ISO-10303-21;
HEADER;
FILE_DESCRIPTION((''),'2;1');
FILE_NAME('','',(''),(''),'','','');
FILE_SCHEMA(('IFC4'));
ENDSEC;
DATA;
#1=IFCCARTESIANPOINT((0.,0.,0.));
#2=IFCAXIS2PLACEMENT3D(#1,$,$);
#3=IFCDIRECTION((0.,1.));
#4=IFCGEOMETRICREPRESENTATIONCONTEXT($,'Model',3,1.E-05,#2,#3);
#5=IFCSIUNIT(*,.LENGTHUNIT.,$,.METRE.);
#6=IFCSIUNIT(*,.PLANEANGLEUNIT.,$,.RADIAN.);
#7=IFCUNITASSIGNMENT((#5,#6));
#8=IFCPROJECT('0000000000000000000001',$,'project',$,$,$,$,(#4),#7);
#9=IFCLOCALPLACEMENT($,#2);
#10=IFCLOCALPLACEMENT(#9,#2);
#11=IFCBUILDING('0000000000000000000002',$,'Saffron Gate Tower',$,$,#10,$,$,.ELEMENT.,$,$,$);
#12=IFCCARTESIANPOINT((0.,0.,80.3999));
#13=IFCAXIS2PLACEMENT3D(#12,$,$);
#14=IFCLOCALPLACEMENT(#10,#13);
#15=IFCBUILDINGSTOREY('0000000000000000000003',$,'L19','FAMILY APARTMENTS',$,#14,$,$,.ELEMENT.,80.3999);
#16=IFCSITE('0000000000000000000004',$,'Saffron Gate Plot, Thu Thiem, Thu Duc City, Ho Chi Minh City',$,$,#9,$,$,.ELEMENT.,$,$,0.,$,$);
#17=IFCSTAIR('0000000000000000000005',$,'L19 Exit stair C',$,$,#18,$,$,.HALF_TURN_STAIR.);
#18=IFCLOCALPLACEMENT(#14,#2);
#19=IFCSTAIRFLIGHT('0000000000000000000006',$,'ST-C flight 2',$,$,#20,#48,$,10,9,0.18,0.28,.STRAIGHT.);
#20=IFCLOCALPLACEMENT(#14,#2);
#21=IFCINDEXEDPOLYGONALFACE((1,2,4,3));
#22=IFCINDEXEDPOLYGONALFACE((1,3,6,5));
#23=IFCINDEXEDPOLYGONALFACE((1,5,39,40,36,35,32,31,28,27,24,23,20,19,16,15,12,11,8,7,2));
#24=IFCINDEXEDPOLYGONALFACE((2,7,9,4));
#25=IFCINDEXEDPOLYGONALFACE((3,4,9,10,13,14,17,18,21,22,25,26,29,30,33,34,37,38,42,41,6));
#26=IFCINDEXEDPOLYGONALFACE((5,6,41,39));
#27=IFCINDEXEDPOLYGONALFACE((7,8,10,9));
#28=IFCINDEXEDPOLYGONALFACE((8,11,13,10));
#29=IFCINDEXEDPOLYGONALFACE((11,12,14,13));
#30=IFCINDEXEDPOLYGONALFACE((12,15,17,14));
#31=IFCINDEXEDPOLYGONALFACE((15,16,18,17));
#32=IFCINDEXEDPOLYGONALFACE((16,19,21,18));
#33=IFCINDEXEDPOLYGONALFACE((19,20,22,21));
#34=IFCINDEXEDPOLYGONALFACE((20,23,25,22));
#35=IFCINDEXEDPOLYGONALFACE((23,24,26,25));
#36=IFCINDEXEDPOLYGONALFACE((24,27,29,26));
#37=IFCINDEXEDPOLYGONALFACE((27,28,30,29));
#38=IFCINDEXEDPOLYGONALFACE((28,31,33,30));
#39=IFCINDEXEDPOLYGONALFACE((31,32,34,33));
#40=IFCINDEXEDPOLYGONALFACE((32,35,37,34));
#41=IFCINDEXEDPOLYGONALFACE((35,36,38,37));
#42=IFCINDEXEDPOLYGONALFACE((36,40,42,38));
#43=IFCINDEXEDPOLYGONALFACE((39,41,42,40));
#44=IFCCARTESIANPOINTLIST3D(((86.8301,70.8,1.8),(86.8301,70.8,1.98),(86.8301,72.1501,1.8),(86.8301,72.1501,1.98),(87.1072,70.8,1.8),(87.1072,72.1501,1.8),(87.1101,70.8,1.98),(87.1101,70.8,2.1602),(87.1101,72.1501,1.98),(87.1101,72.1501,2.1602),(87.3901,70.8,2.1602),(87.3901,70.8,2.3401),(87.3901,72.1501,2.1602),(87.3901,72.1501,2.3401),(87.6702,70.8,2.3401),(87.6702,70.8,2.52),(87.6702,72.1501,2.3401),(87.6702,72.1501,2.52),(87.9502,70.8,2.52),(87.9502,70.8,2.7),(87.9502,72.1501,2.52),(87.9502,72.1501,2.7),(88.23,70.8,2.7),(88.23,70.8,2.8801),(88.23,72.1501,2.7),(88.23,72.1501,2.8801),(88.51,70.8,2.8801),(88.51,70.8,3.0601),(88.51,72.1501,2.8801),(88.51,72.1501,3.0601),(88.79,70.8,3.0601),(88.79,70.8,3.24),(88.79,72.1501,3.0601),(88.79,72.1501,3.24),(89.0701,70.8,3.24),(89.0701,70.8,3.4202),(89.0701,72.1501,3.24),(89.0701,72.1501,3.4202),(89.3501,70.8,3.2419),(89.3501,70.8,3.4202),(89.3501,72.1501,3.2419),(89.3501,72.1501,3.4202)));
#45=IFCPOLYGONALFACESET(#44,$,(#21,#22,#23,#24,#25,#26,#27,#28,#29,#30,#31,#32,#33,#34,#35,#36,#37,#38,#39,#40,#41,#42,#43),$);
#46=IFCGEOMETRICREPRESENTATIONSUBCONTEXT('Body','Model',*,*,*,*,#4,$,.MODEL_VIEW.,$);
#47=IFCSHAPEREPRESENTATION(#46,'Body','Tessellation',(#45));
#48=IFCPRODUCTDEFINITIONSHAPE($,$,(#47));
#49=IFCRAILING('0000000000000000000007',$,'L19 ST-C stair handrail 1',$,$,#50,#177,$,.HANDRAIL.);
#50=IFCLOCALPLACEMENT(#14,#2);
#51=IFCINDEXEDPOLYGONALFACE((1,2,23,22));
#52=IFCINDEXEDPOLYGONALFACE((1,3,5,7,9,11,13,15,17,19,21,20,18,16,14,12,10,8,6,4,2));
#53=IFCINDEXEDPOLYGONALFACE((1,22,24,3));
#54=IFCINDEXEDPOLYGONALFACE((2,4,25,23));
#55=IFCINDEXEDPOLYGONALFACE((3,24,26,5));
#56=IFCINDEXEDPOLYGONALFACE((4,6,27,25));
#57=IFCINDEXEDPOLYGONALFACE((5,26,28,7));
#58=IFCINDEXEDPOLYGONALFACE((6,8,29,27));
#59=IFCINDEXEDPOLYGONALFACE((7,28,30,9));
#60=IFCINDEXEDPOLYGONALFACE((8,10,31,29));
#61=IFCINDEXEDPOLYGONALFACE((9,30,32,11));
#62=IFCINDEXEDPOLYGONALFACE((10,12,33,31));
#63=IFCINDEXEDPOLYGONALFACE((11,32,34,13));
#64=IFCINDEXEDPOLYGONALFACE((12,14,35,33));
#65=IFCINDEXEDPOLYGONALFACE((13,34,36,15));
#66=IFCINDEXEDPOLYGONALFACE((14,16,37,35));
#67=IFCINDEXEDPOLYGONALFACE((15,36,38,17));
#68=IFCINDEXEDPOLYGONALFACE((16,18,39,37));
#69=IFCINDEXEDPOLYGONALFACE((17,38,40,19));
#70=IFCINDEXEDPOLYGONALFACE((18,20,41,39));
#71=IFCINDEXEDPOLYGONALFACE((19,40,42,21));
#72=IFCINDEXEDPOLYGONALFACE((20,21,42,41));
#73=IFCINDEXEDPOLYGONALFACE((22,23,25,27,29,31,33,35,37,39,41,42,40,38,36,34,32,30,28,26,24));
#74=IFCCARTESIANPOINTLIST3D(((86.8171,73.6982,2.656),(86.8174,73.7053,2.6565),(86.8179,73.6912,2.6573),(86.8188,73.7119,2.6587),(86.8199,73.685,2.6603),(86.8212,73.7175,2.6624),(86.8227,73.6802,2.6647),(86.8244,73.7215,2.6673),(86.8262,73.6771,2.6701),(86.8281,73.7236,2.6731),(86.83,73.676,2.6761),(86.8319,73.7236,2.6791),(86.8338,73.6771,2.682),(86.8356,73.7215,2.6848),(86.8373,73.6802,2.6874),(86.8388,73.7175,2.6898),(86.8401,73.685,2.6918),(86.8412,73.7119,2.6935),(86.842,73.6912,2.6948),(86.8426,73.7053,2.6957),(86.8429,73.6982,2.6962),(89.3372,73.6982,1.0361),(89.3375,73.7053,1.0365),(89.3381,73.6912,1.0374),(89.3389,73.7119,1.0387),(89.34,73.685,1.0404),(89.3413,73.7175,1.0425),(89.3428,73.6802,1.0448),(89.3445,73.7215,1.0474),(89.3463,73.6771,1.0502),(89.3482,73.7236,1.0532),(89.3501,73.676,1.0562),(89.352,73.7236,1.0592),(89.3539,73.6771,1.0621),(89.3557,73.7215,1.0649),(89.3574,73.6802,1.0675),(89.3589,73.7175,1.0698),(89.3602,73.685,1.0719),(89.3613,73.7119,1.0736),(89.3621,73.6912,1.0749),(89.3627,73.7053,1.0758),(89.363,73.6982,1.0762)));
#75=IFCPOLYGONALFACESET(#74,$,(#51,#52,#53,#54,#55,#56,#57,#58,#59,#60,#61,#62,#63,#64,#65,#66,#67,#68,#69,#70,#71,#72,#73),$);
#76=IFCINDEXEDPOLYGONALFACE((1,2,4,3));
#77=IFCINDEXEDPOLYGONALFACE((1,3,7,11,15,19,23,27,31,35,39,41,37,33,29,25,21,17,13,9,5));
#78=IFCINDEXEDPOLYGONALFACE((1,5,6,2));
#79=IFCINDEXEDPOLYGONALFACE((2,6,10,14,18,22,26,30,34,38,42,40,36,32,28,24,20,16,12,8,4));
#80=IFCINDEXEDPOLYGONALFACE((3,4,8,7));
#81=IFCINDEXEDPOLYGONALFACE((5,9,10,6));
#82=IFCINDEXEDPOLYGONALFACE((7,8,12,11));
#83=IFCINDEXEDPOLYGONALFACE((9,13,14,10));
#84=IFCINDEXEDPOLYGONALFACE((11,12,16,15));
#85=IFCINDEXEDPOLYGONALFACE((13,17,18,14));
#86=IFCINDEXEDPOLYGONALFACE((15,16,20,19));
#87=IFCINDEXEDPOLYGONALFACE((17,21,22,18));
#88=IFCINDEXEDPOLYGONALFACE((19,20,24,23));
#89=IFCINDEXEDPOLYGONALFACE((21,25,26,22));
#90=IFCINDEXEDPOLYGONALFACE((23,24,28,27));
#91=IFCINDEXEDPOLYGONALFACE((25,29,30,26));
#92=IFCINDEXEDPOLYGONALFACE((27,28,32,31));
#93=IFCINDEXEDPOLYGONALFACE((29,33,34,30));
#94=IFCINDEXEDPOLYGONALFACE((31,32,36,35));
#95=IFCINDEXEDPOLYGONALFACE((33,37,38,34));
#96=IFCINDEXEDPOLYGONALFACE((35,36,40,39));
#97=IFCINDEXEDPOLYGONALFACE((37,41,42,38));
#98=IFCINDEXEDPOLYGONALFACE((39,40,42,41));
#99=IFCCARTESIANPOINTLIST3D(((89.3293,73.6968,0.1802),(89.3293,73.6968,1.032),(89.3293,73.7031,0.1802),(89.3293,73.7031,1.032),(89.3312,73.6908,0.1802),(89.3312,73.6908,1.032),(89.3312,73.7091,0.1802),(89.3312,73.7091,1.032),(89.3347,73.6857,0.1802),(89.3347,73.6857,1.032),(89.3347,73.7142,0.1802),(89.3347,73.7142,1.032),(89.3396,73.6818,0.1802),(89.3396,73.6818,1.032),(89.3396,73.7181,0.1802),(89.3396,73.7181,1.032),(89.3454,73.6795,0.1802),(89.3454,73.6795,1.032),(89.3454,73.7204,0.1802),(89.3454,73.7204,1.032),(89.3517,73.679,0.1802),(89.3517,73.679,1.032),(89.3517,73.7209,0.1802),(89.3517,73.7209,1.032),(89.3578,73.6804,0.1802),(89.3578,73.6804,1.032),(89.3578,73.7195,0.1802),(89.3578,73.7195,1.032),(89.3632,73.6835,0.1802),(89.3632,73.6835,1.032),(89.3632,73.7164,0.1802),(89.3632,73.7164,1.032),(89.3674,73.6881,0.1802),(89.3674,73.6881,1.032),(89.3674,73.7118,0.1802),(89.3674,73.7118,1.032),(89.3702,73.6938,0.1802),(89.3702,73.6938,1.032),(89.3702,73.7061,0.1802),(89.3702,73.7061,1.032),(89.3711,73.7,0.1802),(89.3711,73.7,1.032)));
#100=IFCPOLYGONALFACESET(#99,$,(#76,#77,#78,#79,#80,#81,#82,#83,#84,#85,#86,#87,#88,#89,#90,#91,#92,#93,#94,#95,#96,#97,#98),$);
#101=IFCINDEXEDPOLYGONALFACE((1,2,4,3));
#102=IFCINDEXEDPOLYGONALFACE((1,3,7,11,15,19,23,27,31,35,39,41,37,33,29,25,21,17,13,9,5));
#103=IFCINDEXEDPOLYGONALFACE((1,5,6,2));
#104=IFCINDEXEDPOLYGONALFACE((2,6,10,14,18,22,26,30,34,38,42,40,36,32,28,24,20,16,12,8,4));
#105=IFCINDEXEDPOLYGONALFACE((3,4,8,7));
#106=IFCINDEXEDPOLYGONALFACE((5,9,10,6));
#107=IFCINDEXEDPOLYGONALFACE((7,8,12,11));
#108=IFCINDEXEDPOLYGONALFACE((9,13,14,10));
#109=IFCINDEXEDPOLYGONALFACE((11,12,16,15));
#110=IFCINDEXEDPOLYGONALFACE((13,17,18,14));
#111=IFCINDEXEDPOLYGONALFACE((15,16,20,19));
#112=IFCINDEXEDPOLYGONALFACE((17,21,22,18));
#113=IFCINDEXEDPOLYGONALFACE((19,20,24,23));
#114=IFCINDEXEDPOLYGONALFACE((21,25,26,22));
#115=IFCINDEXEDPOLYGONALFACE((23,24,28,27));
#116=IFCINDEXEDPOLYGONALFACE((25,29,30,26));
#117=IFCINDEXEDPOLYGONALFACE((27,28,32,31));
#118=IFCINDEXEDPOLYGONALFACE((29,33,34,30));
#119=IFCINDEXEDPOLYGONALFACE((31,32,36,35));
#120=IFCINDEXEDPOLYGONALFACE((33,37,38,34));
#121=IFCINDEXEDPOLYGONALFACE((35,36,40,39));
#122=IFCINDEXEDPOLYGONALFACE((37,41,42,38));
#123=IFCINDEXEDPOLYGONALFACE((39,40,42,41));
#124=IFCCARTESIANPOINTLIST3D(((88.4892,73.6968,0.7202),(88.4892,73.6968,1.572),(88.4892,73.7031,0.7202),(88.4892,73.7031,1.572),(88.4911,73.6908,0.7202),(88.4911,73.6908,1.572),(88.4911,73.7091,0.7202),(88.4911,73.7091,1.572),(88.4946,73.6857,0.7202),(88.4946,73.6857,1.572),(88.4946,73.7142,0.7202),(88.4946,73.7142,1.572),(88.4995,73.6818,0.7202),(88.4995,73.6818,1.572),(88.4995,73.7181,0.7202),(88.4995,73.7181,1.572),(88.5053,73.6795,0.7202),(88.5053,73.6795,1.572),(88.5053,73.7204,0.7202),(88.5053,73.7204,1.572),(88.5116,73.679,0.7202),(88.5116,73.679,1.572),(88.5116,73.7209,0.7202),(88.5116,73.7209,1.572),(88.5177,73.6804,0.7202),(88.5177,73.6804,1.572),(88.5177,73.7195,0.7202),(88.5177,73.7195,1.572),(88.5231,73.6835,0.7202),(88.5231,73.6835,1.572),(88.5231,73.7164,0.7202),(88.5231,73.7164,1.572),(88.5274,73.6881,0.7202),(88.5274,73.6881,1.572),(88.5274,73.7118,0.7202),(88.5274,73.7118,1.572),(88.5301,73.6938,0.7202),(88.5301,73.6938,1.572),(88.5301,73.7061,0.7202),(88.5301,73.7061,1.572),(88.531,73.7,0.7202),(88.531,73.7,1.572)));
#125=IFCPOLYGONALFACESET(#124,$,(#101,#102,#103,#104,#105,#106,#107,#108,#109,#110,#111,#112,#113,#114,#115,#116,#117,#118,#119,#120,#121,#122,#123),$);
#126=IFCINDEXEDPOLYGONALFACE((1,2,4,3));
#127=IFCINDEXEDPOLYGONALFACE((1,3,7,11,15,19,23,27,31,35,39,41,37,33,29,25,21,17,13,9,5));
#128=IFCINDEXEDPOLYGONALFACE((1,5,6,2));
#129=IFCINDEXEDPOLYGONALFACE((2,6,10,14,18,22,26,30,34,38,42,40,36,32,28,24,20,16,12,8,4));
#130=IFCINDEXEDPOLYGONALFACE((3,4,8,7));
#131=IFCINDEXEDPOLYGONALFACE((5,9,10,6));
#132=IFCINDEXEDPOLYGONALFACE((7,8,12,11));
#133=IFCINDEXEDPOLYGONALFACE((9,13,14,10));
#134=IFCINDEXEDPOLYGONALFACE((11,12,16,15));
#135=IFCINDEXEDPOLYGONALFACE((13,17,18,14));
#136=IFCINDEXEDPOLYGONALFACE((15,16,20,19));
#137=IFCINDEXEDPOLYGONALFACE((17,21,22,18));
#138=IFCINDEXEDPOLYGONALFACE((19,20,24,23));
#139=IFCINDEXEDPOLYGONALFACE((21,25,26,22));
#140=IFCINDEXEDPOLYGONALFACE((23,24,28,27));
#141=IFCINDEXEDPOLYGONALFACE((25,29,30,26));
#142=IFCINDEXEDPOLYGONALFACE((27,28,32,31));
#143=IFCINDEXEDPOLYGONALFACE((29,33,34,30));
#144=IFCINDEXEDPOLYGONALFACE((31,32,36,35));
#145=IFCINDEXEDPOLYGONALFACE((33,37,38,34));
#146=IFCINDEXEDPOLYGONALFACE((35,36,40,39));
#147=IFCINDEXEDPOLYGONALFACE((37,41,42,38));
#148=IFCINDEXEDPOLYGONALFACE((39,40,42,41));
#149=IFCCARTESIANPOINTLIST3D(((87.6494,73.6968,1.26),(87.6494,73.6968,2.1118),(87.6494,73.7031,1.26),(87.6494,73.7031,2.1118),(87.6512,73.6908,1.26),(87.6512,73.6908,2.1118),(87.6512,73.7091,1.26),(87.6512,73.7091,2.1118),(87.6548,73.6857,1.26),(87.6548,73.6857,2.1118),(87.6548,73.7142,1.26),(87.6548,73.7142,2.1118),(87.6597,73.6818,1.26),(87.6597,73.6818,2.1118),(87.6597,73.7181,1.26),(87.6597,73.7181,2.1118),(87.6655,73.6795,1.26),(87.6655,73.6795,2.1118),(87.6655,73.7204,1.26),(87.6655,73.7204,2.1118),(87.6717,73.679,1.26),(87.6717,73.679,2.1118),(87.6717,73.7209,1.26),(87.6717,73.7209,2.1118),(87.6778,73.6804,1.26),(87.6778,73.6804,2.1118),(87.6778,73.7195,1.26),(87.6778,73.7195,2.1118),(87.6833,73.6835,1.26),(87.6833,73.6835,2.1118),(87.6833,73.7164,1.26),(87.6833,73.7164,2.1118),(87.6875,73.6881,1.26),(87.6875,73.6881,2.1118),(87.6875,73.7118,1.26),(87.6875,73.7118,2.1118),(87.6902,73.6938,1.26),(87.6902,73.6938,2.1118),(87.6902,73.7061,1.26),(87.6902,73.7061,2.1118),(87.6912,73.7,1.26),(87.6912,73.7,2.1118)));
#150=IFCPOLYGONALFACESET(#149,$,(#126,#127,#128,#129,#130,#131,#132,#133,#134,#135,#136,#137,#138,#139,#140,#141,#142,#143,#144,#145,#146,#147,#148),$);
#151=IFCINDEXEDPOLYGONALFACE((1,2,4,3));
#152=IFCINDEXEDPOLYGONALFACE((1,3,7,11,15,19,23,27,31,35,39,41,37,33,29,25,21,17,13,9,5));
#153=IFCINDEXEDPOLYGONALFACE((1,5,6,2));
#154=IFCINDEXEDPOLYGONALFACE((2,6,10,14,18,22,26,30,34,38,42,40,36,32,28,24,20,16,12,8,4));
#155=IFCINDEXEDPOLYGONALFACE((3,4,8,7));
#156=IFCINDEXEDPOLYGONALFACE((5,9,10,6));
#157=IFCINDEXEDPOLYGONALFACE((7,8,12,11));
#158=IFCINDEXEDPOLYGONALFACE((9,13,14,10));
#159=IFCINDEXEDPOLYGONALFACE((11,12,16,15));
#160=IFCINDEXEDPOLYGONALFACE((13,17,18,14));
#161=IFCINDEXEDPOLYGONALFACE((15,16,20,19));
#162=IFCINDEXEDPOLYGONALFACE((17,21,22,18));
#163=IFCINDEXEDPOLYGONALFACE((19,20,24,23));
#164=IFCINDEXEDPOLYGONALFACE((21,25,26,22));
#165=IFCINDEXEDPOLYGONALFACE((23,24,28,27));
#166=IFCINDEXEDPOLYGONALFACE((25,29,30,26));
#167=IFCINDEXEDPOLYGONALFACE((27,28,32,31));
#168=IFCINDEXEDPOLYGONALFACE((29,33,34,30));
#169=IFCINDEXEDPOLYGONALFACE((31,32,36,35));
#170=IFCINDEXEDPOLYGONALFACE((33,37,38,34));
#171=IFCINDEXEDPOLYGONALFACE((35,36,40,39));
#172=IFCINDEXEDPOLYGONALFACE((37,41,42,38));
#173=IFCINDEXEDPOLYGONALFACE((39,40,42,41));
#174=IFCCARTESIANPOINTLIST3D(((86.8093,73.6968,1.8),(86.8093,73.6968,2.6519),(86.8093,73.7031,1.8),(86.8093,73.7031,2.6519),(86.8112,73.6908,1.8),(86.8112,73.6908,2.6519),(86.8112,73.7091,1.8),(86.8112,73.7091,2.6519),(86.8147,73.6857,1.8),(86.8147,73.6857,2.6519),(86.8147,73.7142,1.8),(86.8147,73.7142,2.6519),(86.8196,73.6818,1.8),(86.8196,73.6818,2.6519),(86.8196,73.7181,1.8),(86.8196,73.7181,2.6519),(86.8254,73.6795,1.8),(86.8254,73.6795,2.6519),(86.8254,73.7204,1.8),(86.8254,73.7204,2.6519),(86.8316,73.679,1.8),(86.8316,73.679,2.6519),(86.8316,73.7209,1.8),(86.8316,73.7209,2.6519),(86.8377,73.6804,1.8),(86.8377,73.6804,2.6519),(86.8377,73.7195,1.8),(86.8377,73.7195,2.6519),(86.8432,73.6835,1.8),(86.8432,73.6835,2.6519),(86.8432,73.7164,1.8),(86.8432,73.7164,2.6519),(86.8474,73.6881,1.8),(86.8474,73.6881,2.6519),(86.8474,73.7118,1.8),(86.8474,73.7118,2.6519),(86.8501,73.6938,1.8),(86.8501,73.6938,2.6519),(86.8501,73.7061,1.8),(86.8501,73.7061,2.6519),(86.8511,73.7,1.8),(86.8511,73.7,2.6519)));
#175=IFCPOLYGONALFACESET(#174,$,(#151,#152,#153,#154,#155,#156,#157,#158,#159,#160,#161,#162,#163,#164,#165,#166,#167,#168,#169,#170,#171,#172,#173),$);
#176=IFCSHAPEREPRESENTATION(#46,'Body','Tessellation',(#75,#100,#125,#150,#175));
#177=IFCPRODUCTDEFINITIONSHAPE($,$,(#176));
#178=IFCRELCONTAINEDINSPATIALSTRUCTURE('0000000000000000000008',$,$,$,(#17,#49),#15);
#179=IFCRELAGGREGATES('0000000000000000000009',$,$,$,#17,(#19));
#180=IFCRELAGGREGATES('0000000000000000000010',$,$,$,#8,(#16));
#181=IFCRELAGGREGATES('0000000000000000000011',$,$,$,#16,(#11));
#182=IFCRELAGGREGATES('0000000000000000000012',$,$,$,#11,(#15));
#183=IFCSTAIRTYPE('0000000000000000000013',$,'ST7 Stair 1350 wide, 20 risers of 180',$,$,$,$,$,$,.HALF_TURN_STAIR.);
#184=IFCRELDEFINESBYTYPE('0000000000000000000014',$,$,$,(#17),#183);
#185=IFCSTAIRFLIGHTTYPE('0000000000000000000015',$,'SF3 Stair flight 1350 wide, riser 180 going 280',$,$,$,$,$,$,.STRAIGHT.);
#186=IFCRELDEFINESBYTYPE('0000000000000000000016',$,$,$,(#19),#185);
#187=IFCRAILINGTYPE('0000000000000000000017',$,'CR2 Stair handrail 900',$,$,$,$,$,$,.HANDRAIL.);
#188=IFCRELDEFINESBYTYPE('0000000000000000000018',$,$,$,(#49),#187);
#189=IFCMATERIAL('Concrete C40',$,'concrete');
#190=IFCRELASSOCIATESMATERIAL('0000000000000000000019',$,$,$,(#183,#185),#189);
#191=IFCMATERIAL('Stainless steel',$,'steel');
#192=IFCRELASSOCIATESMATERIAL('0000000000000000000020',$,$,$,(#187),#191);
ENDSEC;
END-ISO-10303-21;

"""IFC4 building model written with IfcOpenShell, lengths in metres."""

from ifc_helpers import new_model, si_unit, direction, frame, origin, origin_2d, place, context, subcontext, project, spatial, polyline, circle, outline, extrude, material, type_object, element, aggregate, save


model = new_model("IFC4")

# Units and contexts
model_context = context("Model", 3, precision=1e-05, world=origin(), true_north=direction((0.0, 1.0)))
body_context = subcontext(model_context, "Body", "Model", "MODEL_VIEW")
ifc_project = project(units=[si_unit("LENGTHUNIT", "METRE"), si_unit("PLANEANGLEUNIT", "RADIAN")], contexts=[model_context])

# Site, building, storey
site_placement = place(None, origin())
site = spatial("IfcSite", under=ifc_project, at=site_placement, Name="Saffron Gate Plot, Thu Thiem, Thu Duc City, Ho Chi Minh City", CompositionType="ELEMENT", RefElevation=0.0)
building_placement = place(site_placement, origin())
building = spatial("IfcBuilding", under=site, at=building_placement, Name="Saffron Gate Tower", CompositionType="ELEMENT")
storey_placement = place(building_placement, frame((0.0, 0.0, 80.3999)))
storey = spatial("IfcBuildingStorey", under=building, at=storey_placement, Name="L19", Description="FAMILY APARTMENTS", CompositionType="ELEMENT", Elevation=80.3999)

# Stair, stair flight
ifc_material_1 = material(Name="Concrete C40", Category="concrete")
stair_type = type_object("IfcStairType", Name="ST7 Stair 1350 wide, 20 risers of 180", PredefinedType="HALF_TURN_STAIR", material=ifc_material_1)
stair_placement = place(storey_placement, origin())
stair = element("IfcStair", 1, at=stair_placement, inside=storey, type_object=stair_type, Name="L19 Exit stair C", PredefinedType="HALF_TURN_STAIR")
stair_flight_type = type_object("IfcStairFlightType", Name="SF3 Stair flight 1350 wide, riser 180 going 280", PredefinedType="STRAIGHT", material=ifc_material_1)
stair_flight_1_placement = place(storey_placement, frame((86.8301, 71.4751, 1.8), z_axis=(0.0, 0.0, 1.0), x_axis=(1.0, 0.0, 0.0)))
stair_flight_1 = element("IfcStairFlight", 2, at=stair_flight_1_placement, type_object=stair_flight_type, Name="ST-C flight 2", NumberOfRisers=10, NumberOfTreads=9, PredefinedType="STRAIGHT", RiserHeight=0.18, TreadLength=0.28, context=body_context, shape_type="SweptSolid", body=[
    extrude(outline(polyline([(0.0, 0.0), (0.0, 0.1799), (0.28, 0.1799), (0.28, 0.3601), (0.5601, 0.3601), (0.5601, 0.54), (0.8401, 0.54), (0.8401, 0.72), (1.1201, 0.72), (1.1201, 0.8999), (1.3999, 0.8999), (1.3999, 1.0801), (1.6799, 1.0801), (1.6799, 1.26), (1.96, 1.26), (1.96, 1.4399), (2.24, 1.4399), (2.24, 1.6201), (2.52, 1.6201), (2.52, 1.8), (2.52, 1.4419), (0.2771, 0.0), (0.0, 0.0)])), frame((0.0, 0.675, 0.0), z_axis=(0.0, -1.0, 0.0), x_axis=(1.0, 0.0, 0.0)), (0.0, 0.0, 1.0), 1.3501),
])
aggregate(stair, [stair_flight_1])

# Railing
ifc_material_2 = material(Name="Stainless steel", Category="steel")
railing_type_1 = type_object("IfcRailingType", Name="CR2 Stair handrail 900", PredefinedType="HANDRAIL", material=ifc_material_2)
railing_1_placement = place(storey_placement, frame((89.3501, 73.7, 0.1802)))
element("IfcRailing", 3, at=railing_1_placement, inside=storey, type_object=railing_type_1, Name="L19 ST-C stair handrail 1", PredefinedType="HANDRAIL", context=body_context, shape_type="SweptSolid", body=[
    extrude(circle(Radius=0.0239, at=origin_2d()), frame((0.0, 0.0, 0.876), z_axis=(-0.8412, 0.0, 0.540725), x_axis=(0.0, -1.0, 0.0)), (0.0, 0.0, 1.0), 2.9958),
    extrude(circle(Radius=0.021, at=origin_2d()), origin(), (0.0, 0.0, 1.0), 0.8518),
    extrude(circle(Radius=0.021, at=origin_2d()), frame((-0.8401, 0.0, 0.54)), (0.0, 0.0, 1.0), 0.8518),
    extrude(circle(Radius=0.021, at=origin_2d()), frame((-1.6799, 0.0, 1.0798)), (0.0, 0.0, 1.0), 0.8518),
    extrude(circle(Radius=0.021, at=origin_2d()), frame((-2.52, 0.0, 1.6199)), (0.0, 0.0, 1.0), 0.8518),
])

save(model, "model.ifc")
